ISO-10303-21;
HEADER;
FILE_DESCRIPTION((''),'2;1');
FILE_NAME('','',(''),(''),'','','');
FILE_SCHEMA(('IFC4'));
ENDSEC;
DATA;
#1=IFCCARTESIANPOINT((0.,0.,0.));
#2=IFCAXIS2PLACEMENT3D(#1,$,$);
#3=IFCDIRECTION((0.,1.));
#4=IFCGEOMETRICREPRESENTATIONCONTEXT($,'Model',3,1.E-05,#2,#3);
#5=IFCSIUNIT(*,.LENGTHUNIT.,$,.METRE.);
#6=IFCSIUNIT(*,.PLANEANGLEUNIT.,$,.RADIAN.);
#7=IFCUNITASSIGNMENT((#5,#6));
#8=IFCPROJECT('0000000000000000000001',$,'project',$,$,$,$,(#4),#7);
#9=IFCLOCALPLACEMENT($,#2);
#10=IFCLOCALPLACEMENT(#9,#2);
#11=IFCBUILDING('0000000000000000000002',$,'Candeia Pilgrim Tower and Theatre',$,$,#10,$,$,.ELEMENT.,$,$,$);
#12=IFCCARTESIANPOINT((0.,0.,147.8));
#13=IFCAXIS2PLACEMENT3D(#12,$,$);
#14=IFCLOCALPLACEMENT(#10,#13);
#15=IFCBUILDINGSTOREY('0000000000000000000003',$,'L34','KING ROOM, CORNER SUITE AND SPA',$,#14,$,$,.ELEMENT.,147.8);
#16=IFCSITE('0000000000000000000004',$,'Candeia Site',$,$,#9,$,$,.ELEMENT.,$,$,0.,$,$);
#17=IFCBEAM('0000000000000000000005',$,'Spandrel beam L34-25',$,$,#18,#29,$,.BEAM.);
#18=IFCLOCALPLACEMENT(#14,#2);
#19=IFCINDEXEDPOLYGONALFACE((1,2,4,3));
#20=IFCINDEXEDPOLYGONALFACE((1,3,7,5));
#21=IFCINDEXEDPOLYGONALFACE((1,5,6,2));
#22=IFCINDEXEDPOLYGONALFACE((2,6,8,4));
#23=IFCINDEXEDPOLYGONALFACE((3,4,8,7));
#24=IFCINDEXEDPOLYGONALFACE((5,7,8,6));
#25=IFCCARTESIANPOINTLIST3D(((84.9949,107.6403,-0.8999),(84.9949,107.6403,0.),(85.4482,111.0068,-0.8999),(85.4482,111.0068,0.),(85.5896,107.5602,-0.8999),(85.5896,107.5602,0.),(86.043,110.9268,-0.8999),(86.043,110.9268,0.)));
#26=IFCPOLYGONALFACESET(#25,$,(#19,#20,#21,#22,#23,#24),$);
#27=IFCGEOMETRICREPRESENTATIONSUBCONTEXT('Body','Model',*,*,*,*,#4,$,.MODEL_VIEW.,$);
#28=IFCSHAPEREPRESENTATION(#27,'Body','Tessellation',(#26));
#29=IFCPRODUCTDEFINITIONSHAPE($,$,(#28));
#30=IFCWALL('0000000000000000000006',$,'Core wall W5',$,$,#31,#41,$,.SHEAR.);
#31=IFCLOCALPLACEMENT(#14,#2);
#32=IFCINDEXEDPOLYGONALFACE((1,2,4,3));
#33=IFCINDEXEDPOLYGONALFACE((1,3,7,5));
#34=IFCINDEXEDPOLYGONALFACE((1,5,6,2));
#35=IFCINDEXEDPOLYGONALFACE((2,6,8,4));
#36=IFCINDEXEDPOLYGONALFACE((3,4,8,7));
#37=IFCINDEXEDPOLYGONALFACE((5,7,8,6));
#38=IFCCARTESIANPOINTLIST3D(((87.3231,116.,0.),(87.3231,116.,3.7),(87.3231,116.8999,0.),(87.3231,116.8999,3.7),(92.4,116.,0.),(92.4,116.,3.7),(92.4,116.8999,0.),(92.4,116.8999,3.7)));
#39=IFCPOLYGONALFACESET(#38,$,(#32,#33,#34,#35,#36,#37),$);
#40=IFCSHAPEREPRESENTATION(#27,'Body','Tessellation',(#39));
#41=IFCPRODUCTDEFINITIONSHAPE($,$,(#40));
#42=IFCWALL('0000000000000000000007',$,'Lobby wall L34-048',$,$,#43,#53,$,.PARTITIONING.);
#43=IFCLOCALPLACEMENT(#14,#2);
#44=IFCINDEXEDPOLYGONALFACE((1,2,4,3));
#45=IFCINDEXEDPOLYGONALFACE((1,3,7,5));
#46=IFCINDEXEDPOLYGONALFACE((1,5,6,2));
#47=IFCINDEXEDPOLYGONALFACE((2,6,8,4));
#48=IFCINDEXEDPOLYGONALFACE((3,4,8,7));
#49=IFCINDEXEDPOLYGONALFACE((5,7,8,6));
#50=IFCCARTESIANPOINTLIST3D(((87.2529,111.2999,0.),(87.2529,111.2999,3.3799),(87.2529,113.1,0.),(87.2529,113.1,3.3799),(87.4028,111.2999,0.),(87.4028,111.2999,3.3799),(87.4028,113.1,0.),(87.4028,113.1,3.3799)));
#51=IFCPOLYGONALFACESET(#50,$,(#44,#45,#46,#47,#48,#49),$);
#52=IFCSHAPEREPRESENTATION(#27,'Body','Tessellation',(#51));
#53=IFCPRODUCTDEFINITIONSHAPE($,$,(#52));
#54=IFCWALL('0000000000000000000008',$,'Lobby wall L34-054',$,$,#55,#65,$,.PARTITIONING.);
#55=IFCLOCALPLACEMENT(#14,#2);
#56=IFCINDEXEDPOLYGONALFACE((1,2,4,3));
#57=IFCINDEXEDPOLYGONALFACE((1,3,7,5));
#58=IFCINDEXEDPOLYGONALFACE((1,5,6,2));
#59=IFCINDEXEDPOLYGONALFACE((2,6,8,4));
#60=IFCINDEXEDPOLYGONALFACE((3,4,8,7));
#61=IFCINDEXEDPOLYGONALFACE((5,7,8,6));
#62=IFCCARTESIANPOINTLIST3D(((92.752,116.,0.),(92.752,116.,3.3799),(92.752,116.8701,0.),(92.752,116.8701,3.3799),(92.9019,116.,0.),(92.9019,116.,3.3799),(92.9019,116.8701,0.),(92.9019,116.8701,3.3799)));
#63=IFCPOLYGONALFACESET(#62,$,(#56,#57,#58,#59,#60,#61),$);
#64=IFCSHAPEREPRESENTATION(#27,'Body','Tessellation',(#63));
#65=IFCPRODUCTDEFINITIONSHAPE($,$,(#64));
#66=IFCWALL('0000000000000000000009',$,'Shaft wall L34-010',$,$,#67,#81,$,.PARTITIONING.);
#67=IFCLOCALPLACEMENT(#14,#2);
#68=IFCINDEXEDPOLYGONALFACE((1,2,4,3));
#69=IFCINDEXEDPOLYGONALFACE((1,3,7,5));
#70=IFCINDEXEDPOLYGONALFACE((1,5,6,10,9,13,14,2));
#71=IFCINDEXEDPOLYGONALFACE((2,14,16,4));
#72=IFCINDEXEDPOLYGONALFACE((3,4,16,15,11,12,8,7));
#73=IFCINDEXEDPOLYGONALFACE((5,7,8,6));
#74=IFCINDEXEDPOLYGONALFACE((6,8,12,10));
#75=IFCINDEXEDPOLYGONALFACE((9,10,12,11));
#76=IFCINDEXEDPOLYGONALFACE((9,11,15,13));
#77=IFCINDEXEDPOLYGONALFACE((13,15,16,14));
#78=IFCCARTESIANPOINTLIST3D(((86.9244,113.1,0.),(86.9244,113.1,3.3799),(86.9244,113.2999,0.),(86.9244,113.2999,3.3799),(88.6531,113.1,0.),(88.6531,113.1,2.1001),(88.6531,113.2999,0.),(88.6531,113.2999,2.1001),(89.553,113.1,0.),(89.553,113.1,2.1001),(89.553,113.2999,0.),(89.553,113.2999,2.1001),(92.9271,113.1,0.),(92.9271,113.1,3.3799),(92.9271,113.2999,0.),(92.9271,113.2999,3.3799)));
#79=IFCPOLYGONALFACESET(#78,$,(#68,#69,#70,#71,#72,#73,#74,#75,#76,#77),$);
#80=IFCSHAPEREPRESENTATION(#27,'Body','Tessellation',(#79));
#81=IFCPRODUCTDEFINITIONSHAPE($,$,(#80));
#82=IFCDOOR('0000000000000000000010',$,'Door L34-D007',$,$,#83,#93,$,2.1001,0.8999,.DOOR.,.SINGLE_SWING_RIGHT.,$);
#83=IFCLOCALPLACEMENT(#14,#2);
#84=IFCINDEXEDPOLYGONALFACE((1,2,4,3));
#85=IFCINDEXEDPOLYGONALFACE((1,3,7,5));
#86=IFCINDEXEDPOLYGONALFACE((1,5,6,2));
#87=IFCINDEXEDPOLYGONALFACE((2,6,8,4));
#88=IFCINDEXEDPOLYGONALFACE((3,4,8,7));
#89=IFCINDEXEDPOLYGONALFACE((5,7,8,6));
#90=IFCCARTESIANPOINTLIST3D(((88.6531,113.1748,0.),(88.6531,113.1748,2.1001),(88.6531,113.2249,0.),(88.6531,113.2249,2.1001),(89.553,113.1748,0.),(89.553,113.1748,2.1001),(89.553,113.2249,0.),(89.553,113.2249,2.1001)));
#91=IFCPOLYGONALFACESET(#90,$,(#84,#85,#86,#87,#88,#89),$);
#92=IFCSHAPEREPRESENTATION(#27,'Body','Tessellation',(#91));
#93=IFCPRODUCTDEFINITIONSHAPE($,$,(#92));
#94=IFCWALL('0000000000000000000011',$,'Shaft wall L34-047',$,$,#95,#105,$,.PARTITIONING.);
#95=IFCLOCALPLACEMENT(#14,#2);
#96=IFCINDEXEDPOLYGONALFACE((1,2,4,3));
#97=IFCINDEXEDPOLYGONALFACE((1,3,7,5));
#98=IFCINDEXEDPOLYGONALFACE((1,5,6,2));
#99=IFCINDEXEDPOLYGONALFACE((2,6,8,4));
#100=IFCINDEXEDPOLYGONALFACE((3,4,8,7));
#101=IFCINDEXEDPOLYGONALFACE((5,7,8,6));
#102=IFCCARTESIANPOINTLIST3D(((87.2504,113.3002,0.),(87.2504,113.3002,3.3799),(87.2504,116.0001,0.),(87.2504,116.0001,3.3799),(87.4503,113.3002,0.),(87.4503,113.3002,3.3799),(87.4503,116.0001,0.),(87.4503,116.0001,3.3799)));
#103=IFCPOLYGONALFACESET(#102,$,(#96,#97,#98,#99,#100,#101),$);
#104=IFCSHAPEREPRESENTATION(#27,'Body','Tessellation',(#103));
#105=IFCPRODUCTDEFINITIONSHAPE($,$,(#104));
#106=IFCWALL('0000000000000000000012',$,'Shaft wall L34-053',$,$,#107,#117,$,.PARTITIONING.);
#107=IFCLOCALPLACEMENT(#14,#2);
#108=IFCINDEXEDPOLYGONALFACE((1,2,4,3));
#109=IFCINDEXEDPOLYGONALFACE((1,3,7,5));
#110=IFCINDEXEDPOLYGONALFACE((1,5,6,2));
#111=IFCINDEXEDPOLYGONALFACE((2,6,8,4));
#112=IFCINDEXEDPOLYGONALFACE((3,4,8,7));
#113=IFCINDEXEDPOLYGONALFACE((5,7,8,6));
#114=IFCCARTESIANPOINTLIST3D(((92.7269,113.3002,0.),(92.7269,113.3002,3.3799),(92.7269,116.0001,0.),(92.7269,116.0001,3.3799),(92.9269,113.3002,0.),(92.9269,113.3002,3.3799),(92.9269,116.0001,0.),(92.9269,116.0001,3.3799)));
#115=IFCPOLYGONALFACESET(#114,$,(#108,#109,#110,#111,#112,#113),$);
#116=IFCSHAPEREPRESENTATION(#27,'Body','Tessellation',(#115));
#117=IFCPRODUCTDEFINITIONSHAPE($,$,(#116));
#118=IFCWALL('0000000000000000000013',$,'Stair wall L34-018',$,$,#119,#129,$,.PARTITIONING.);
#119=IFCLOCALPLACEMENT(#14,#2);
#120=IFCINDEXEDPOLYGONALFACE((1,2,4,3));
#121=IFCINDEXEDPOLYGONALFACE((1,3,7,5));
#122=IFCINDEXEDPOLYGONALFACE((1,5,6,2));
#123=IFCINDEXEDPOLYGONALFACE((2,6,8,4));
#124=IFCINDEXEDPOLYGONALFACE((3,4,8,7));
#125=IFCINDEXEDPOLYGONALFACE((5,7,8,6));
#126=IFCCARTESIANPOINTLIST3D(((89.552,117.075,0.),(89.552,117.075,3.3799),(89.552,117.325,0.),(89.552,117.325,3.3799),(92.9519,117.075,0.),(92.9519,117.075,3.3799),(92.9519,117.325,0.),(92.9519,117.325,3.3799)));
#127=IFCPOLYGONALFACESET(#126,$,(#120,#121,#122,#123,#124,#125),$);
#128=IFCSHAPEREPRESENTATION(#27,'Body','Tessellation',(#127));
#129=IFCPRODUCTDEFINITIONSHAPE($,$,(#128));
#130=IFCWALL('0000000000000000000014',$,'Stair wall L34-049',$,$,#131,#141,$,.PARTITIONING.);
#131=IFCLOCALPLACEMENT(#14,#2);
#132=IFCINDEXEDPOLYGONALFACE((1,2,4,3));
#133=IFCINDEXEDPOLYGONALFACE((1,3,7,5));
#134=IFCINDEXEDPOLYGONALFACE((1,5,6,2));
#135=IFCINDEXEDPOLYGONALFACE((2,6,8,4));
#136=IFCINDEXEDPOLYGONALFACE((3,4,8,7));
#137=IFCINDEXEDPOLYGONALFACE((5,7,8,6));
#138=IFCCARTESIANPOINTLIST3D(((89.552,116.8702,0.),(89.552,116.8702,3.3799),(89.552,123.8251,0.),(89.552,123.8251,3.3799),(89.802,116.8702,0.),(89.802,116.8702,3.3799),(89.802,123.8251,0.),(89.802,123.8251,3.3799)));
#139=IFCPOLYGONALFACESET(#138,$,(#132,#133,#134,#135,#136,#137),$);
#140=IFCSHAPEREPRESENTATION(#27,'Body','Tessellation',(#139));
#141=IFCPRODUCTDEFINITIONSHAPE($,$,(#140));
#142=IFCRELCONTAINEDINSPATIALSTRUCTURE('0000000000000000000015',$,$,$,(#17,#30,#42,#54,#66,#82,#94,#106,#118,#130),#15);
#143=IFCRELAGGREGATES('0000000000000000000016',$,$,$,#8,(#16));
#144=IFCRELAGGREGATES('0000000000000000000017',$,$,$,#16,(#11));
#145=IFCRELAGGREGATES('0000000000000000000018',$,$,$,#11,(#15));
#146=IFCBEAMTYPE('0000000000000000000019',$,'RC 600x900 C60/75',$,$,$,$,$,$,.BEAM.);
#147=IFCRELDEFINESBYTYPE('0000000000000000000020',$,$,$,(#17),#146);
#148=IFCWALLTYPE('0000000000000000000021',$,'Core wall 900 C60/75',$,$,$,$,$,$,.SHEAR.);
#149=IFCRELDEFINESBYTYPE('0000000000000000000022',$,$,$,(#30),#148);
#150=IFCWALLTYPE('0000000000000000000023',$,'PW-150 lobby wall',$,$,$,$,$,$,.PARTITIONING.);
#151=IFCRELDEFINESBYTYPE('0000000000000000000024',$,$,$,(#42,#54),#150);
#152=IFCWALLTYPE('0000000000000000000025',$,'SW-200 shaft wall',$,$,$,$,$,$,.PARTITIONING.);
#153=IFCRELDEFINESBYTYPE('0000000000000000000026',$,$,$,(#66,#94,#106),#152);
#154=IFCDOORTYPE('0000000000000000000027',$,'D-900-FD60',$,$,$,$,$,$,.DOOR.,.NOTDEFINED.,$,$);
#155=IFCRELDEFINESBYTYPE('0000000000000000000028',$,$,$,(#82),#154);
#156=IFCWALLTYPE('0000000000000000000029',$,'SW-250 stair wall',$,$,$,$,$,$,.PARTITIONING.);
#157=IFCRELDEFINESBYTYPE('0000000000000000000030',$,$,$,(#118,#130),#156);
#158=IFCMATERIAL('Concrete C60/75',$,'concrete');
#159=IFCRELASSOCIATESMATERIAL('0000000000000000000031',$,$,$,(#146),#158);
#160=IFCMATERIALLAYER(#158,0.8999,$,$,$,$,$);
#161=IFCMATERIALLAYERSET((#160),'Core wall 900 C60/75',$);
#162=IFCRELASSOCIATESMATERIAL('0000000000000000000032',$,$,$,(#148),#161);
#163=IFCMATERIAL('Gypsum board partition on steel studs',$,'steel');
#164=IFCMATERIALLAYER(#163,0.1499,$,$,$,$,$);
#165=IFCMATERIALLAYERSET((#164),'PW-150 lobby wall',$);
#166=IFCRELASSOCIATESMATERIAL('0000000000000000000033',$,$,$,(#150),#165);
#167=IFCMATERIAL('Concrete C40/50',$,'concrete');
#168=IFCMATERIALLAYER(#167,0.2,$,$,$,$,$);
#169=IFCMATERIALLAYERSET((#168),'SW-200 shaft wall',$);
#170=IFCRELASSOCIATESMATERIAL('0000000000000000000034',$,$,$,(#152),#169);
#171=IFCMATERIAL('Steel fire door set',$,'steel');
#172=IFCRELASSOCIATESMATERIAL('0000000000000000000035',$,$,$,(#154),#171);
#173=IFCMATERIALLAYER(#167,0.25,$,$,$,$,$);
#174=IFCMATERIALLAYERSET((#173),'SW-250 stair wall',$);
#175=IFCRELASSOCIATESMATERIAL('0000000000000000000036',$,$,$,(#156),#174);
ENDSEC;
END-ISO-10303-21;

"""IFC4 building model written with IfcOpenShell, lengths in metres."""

from ifc_helpers import new_model, si_unit, direction, frame, frame_2d, origin, origin_2d, place, context, subcontext, project, spatial, rectangle, extrude, material, layer, layer_set, material_profile, profile_set, type_object, element, fill, save


model = new_model("IFC4")

# Units and contexts
model_context = context("Model", 3, precision=1e-05, world=origin(), true_north=direction((0.0, 1.0)))
body_context = subcontext(model_context, "Body", "Model", "MODEL_VIEW")
ifc_project = project(units=[si_unit("LENGTHUNIT", "METRE"), si_unit("PLANEANGLEUNIT", "RADIAN")], contexts=[model_context])

# Site, building, storey
site_placement = place(None, origin())
site = spatial("IfcSite", under=ifc_project, at=site_placement, Name="Candeia Site", CompositionType="ELEMENT", RefElevation=0.0)
building_placement = place(site_placement, origin())
building = spatial("IfcBuilding", under=site, at=building_placement, Name="Candeia Pilgrim Tower and Theatre", CompositionType="ELEMENT")
storey_placement = place(building_placement, frame((0.0, 0.0, 147.8)))
storey = spatial("IfcBuildingStorey", under=building, at=storey_placement, Name="L34", Description="KING ROOM, CORNER SUITE AND SPA", CompositionType="ELEMENT", Elevation=147.8)

# Beam
ifc_material_1 = material(Name="Concrete C60/75", Category="concrete")
ifc_material_profile = material_profile(ifc_material_1, rectangle(XDim=0.6001, YDim=0.8999, at=origin_2d()))
ifc_profile_set = profile_set([ifc_material_profile], Name="Concrete C60/75")
beam_type = type_object("IfcBeamType", Name="RC 600x900 C60/75", PredefinedType="BEAM", material=ifc_profile_set)
beam_placement = place(storey_placement, frame((85.7456, 110.9668, -0.45), z_axis=(-0.133458, -0.991054, 0.0), x_axis=(0.991054, -0.133458, 0.0)))
element("IfcBeam", 1, at=beam_placement, inside=storey, type_object=beam_type, Name="Spandrel beam L34-25", PredefinedType="BEAM", context=body_context, shape_type="SweptSolid", body=[
    extrude(rectangle(XDim=0.6001, YDim=0.8999, at=origin_2d()), origin(), (0.0, 0.0, 1.0), 3.397),
])

# Walls
ifc_layer_1 = layer(ifc_material_1, 0.8999)
ifc_layer_set_1 = layer_set([ifc_layer_1], Name="Core wall 900 C60/75")
wall_type_1 = type_object("IfcWallType", Name="Core wall 900 C60/75", PredefinedType="SHEAR", material=ifc_layer_set_1)
wall_1_placement = place(storey_placement, frame((87.323, 116.45, 0.0), z_axis=(0.0, 0.0, 1.0), x_axis=(1.0, 0.0, 0.0)))
element("IfcWall", 2, at=wall_1_placement, inside=storey, type_object=wall_type_1, Name="Core wall W5", PredefinedType="SHEAR", context=body_context, shape_type="SweptSolid", body=[
    extrude(rectangle(XDim=5.0769, YDim=0.8999, at=frame_2d((2.5386, 0.0))), origin(), (0.0, 0.0, 1.0), 3.7),
])
ifc_material_2 = material(Name="Gypsum board partition on steel studs", Category="steel")
ifc_layer_2 = layer(ifc_material_2, 0.1499)
ifc_layer_set_2 = layer_set([ifc_layer_2], Name="PW-150 lobby wall")
wall_type_2 = type_object("IfcWallType", Name="PW-150 lobby wall", PredefinedType="PARTITIONING", material=ifc_layer_set_2)
wall_2_placement = place(storey_placement, frame((87.3279, 111.3, 0.0), z_axis=(0.0, 0.0, 1.0), x_axis=(0.0, 1.0, 0.0)))
element("IfcWall", 3, at=wall_2_placement, inside=storey, type_object=wall_type_2, Name="Lobby wall L34-048", PredefinedType="PARTITIONING", context=body_context, shape_type="SweptSolid", body=[
    extrude(rectangle(XDim=1.8, YDim=0.1499, at=frame_2d((0.8999, 0.0))), origin(), (0.0, 0.0, 1.0), 3.3799),
])
wall_3_placement = place(storey_placement, frame((92.8269, 116.0, 0.0), z_axis=(0.0, 0.0, 1.0), x_axis=(0.0, 1.0, 0.0)))
element("IfcWall", 4, at=wall_3_placement, inside=storey, type_object=wall_type_2, Name="Lobby wall L34-054", PredefinedType="PARTITIONING", context=body_context, shape_type="SweptSolid", body=[
    extrude(rectangle(XDim=0.8701, YDim=0.1499, at=frame_2d((0.4351, 0.0))), origin(), (0.0, 0.0, 1.0), 3.3799),
])

# Wall, opening, door
ifc_material_3 = material(Name="Concrete C40/50", Category="concrete")
ifc_layer_3 = layer(ifc_material_3, 0.2)
ifc_layer_set_3 = layer_set([ifc_layer_3], Name="SW-200 shaft wall")
wall_type_3 = type_object("IfcWallType", Name="SW-200 shaft wall", PredefinedType="PARTITIONING", material=ifc_layer_set_3)
wall_4_placement = place(storey_placement, frame((86.9243, 113.2, 0.0), z_axis=(0.0, 0.0, 1.0), x_axis=(1.0, 0.0, 0.0)))
wall_4 = element("IfcWall", 5, at=wall_4_placement, inside=storey, type_object=wall_type_3, Name="Shaft wall L34-010", PredefinedType="PARTITIONING", context=body_context, shape_type="SweptSolid", body=[
    extrude(rectangle(XDim=6.0027, YDim=0.2, at=frame_2d((3.0015, 0.0))), origin(), (0.0, 0.0, 1.0), 3.3799),
])
opening_placement = place(wall_4_placement, frame((1.7288, 0.0, 0.0)))
opening = element("IfcOpeningElement", 6, at=opening_placement, cuts=wall_4, PredefinedType="OPENING", context=body_context, shape_type="SweptSolid", body=[
    extrude(rectangle(XDim=0.8999, YDim=2.1001, at=frame_2d((0.45, 1.05))), frame((0.0, 0.1099, 0.0), z_axis=(0.0, -1.0, 0.0), x_axis=(1.0, 0.0, 0.0)), (0.0, 0.0, 1.0), 0.22),
])
ifc_material_4 = material(Name="Steel fire door set", Category="steel")
door_type = type_object("IfcDoorType", Name="D-900-FD60", OperationType="NOTDEFINED", PredefinedType="DOOR", material=ifc_material_4)
door_placement = place(opening_placement, origin())
door = element("IfcDoor", 7, at=door_placement, inside=storey, type_object=door_type, Name="Door L34-D007", OperationType="SINGLE_SWING_RIGHT", OverallHeight=2.1001, OverallWidth=0.8999, PredefinedType="DOOR", context=body_context, shape_type="SweptSolid", body=[
    extrude(rectangle(XDim=0.8999, YDim=2.1001, at=frame_2d((0.45, 1.05))), frame((0.0, 0.0249, 0.0), z_axis=(0.0, -1.0, 0.0), x_axis=(1.0, 0.0, 0.0)), (0.0, 0.0, 1.0), 0.05),
])
fill(opening, door)

# Walls
for number, where, z_axis, x_axis, name in (
    (8, (87.3503, 113.3, 0.0), (0.0, 0.0, 1.0), (0.0, 1.0, 0.0), "Shaft wall L34-047"),
    (9, (92.8269, 113.3, 0.0), (0.0, 0.0, 1.0), (0.0, 1.0, 0.0), "Shaft wall L34-053"),
):
    element("IfcWall", number, at=place(storey_placement, frame(where, z_axis=z_axis, x_axis=x_axis)), inside=storey, type_object=wall_type_3, Name=name, PredefinedType="PARTITIONING", context=body_context, shape_type="SweptSolid", body=[
        extrude(rectangle(XDim=2.7, YDim=0.2, at=frame_2d((1.3501, 0.0))), origin(), (0.0, 0.0, 1.0), 3.3799),
    ])
ifc_layer_4 = layer(ifc_material_3, 0.25)
ifc_layer_set_4 = layer_set([ifc_layer_4], Name="SW-250 stair wall")
wall_type_4 = type_object("IfcWallType", Name="SW-250 stair wall", PredefinedType="PARTITIONING", material=ifc_layer_set_4)
wall_5_placement = place(storey_placement, frame((89.552, 117.2, 0.0), z_axis=(0.0, 0.0, 1.0), x_axis=(1.0, 0.0, 0.0)))
element("IfcWall", 10, at=wall_5_placement, inside=storey, type_object=wall_type_4, Name="Stair wall L34-018", PredefinedType="PARTITIONING", context=body_context, shape_type="SweptSolid", body=[
    extrude(rectangle(XDim=3.3999, YDim=0.25, at=frame_2d((1.7, 0.0))), origin(), (0.0, 0.0, 1.0), 3.3799),
])
wall_6_placement = place(storey_placement, frame((89.677, 116.8701, 0.0), z_axis=(0.0, 0.0, 1.0), x_axis=(0.0, 1.0, 0.0)))
element("IfcWall", 11, at=wall_6_placement, inside=storey, type_object=wall_type_4, Name="Stair wall L34-049", PredefinedType="PARTITIONING", context=body_context, shape_type="SweptSolid", body=[
    extrude(rectangle(XDim=6.9548, YDim=0.25, at=frame_2d((3.4775, 0.0))), origin(), (0.0, 0.0, 1.0), 3.3799),
])

save(model, "model.ifc")
